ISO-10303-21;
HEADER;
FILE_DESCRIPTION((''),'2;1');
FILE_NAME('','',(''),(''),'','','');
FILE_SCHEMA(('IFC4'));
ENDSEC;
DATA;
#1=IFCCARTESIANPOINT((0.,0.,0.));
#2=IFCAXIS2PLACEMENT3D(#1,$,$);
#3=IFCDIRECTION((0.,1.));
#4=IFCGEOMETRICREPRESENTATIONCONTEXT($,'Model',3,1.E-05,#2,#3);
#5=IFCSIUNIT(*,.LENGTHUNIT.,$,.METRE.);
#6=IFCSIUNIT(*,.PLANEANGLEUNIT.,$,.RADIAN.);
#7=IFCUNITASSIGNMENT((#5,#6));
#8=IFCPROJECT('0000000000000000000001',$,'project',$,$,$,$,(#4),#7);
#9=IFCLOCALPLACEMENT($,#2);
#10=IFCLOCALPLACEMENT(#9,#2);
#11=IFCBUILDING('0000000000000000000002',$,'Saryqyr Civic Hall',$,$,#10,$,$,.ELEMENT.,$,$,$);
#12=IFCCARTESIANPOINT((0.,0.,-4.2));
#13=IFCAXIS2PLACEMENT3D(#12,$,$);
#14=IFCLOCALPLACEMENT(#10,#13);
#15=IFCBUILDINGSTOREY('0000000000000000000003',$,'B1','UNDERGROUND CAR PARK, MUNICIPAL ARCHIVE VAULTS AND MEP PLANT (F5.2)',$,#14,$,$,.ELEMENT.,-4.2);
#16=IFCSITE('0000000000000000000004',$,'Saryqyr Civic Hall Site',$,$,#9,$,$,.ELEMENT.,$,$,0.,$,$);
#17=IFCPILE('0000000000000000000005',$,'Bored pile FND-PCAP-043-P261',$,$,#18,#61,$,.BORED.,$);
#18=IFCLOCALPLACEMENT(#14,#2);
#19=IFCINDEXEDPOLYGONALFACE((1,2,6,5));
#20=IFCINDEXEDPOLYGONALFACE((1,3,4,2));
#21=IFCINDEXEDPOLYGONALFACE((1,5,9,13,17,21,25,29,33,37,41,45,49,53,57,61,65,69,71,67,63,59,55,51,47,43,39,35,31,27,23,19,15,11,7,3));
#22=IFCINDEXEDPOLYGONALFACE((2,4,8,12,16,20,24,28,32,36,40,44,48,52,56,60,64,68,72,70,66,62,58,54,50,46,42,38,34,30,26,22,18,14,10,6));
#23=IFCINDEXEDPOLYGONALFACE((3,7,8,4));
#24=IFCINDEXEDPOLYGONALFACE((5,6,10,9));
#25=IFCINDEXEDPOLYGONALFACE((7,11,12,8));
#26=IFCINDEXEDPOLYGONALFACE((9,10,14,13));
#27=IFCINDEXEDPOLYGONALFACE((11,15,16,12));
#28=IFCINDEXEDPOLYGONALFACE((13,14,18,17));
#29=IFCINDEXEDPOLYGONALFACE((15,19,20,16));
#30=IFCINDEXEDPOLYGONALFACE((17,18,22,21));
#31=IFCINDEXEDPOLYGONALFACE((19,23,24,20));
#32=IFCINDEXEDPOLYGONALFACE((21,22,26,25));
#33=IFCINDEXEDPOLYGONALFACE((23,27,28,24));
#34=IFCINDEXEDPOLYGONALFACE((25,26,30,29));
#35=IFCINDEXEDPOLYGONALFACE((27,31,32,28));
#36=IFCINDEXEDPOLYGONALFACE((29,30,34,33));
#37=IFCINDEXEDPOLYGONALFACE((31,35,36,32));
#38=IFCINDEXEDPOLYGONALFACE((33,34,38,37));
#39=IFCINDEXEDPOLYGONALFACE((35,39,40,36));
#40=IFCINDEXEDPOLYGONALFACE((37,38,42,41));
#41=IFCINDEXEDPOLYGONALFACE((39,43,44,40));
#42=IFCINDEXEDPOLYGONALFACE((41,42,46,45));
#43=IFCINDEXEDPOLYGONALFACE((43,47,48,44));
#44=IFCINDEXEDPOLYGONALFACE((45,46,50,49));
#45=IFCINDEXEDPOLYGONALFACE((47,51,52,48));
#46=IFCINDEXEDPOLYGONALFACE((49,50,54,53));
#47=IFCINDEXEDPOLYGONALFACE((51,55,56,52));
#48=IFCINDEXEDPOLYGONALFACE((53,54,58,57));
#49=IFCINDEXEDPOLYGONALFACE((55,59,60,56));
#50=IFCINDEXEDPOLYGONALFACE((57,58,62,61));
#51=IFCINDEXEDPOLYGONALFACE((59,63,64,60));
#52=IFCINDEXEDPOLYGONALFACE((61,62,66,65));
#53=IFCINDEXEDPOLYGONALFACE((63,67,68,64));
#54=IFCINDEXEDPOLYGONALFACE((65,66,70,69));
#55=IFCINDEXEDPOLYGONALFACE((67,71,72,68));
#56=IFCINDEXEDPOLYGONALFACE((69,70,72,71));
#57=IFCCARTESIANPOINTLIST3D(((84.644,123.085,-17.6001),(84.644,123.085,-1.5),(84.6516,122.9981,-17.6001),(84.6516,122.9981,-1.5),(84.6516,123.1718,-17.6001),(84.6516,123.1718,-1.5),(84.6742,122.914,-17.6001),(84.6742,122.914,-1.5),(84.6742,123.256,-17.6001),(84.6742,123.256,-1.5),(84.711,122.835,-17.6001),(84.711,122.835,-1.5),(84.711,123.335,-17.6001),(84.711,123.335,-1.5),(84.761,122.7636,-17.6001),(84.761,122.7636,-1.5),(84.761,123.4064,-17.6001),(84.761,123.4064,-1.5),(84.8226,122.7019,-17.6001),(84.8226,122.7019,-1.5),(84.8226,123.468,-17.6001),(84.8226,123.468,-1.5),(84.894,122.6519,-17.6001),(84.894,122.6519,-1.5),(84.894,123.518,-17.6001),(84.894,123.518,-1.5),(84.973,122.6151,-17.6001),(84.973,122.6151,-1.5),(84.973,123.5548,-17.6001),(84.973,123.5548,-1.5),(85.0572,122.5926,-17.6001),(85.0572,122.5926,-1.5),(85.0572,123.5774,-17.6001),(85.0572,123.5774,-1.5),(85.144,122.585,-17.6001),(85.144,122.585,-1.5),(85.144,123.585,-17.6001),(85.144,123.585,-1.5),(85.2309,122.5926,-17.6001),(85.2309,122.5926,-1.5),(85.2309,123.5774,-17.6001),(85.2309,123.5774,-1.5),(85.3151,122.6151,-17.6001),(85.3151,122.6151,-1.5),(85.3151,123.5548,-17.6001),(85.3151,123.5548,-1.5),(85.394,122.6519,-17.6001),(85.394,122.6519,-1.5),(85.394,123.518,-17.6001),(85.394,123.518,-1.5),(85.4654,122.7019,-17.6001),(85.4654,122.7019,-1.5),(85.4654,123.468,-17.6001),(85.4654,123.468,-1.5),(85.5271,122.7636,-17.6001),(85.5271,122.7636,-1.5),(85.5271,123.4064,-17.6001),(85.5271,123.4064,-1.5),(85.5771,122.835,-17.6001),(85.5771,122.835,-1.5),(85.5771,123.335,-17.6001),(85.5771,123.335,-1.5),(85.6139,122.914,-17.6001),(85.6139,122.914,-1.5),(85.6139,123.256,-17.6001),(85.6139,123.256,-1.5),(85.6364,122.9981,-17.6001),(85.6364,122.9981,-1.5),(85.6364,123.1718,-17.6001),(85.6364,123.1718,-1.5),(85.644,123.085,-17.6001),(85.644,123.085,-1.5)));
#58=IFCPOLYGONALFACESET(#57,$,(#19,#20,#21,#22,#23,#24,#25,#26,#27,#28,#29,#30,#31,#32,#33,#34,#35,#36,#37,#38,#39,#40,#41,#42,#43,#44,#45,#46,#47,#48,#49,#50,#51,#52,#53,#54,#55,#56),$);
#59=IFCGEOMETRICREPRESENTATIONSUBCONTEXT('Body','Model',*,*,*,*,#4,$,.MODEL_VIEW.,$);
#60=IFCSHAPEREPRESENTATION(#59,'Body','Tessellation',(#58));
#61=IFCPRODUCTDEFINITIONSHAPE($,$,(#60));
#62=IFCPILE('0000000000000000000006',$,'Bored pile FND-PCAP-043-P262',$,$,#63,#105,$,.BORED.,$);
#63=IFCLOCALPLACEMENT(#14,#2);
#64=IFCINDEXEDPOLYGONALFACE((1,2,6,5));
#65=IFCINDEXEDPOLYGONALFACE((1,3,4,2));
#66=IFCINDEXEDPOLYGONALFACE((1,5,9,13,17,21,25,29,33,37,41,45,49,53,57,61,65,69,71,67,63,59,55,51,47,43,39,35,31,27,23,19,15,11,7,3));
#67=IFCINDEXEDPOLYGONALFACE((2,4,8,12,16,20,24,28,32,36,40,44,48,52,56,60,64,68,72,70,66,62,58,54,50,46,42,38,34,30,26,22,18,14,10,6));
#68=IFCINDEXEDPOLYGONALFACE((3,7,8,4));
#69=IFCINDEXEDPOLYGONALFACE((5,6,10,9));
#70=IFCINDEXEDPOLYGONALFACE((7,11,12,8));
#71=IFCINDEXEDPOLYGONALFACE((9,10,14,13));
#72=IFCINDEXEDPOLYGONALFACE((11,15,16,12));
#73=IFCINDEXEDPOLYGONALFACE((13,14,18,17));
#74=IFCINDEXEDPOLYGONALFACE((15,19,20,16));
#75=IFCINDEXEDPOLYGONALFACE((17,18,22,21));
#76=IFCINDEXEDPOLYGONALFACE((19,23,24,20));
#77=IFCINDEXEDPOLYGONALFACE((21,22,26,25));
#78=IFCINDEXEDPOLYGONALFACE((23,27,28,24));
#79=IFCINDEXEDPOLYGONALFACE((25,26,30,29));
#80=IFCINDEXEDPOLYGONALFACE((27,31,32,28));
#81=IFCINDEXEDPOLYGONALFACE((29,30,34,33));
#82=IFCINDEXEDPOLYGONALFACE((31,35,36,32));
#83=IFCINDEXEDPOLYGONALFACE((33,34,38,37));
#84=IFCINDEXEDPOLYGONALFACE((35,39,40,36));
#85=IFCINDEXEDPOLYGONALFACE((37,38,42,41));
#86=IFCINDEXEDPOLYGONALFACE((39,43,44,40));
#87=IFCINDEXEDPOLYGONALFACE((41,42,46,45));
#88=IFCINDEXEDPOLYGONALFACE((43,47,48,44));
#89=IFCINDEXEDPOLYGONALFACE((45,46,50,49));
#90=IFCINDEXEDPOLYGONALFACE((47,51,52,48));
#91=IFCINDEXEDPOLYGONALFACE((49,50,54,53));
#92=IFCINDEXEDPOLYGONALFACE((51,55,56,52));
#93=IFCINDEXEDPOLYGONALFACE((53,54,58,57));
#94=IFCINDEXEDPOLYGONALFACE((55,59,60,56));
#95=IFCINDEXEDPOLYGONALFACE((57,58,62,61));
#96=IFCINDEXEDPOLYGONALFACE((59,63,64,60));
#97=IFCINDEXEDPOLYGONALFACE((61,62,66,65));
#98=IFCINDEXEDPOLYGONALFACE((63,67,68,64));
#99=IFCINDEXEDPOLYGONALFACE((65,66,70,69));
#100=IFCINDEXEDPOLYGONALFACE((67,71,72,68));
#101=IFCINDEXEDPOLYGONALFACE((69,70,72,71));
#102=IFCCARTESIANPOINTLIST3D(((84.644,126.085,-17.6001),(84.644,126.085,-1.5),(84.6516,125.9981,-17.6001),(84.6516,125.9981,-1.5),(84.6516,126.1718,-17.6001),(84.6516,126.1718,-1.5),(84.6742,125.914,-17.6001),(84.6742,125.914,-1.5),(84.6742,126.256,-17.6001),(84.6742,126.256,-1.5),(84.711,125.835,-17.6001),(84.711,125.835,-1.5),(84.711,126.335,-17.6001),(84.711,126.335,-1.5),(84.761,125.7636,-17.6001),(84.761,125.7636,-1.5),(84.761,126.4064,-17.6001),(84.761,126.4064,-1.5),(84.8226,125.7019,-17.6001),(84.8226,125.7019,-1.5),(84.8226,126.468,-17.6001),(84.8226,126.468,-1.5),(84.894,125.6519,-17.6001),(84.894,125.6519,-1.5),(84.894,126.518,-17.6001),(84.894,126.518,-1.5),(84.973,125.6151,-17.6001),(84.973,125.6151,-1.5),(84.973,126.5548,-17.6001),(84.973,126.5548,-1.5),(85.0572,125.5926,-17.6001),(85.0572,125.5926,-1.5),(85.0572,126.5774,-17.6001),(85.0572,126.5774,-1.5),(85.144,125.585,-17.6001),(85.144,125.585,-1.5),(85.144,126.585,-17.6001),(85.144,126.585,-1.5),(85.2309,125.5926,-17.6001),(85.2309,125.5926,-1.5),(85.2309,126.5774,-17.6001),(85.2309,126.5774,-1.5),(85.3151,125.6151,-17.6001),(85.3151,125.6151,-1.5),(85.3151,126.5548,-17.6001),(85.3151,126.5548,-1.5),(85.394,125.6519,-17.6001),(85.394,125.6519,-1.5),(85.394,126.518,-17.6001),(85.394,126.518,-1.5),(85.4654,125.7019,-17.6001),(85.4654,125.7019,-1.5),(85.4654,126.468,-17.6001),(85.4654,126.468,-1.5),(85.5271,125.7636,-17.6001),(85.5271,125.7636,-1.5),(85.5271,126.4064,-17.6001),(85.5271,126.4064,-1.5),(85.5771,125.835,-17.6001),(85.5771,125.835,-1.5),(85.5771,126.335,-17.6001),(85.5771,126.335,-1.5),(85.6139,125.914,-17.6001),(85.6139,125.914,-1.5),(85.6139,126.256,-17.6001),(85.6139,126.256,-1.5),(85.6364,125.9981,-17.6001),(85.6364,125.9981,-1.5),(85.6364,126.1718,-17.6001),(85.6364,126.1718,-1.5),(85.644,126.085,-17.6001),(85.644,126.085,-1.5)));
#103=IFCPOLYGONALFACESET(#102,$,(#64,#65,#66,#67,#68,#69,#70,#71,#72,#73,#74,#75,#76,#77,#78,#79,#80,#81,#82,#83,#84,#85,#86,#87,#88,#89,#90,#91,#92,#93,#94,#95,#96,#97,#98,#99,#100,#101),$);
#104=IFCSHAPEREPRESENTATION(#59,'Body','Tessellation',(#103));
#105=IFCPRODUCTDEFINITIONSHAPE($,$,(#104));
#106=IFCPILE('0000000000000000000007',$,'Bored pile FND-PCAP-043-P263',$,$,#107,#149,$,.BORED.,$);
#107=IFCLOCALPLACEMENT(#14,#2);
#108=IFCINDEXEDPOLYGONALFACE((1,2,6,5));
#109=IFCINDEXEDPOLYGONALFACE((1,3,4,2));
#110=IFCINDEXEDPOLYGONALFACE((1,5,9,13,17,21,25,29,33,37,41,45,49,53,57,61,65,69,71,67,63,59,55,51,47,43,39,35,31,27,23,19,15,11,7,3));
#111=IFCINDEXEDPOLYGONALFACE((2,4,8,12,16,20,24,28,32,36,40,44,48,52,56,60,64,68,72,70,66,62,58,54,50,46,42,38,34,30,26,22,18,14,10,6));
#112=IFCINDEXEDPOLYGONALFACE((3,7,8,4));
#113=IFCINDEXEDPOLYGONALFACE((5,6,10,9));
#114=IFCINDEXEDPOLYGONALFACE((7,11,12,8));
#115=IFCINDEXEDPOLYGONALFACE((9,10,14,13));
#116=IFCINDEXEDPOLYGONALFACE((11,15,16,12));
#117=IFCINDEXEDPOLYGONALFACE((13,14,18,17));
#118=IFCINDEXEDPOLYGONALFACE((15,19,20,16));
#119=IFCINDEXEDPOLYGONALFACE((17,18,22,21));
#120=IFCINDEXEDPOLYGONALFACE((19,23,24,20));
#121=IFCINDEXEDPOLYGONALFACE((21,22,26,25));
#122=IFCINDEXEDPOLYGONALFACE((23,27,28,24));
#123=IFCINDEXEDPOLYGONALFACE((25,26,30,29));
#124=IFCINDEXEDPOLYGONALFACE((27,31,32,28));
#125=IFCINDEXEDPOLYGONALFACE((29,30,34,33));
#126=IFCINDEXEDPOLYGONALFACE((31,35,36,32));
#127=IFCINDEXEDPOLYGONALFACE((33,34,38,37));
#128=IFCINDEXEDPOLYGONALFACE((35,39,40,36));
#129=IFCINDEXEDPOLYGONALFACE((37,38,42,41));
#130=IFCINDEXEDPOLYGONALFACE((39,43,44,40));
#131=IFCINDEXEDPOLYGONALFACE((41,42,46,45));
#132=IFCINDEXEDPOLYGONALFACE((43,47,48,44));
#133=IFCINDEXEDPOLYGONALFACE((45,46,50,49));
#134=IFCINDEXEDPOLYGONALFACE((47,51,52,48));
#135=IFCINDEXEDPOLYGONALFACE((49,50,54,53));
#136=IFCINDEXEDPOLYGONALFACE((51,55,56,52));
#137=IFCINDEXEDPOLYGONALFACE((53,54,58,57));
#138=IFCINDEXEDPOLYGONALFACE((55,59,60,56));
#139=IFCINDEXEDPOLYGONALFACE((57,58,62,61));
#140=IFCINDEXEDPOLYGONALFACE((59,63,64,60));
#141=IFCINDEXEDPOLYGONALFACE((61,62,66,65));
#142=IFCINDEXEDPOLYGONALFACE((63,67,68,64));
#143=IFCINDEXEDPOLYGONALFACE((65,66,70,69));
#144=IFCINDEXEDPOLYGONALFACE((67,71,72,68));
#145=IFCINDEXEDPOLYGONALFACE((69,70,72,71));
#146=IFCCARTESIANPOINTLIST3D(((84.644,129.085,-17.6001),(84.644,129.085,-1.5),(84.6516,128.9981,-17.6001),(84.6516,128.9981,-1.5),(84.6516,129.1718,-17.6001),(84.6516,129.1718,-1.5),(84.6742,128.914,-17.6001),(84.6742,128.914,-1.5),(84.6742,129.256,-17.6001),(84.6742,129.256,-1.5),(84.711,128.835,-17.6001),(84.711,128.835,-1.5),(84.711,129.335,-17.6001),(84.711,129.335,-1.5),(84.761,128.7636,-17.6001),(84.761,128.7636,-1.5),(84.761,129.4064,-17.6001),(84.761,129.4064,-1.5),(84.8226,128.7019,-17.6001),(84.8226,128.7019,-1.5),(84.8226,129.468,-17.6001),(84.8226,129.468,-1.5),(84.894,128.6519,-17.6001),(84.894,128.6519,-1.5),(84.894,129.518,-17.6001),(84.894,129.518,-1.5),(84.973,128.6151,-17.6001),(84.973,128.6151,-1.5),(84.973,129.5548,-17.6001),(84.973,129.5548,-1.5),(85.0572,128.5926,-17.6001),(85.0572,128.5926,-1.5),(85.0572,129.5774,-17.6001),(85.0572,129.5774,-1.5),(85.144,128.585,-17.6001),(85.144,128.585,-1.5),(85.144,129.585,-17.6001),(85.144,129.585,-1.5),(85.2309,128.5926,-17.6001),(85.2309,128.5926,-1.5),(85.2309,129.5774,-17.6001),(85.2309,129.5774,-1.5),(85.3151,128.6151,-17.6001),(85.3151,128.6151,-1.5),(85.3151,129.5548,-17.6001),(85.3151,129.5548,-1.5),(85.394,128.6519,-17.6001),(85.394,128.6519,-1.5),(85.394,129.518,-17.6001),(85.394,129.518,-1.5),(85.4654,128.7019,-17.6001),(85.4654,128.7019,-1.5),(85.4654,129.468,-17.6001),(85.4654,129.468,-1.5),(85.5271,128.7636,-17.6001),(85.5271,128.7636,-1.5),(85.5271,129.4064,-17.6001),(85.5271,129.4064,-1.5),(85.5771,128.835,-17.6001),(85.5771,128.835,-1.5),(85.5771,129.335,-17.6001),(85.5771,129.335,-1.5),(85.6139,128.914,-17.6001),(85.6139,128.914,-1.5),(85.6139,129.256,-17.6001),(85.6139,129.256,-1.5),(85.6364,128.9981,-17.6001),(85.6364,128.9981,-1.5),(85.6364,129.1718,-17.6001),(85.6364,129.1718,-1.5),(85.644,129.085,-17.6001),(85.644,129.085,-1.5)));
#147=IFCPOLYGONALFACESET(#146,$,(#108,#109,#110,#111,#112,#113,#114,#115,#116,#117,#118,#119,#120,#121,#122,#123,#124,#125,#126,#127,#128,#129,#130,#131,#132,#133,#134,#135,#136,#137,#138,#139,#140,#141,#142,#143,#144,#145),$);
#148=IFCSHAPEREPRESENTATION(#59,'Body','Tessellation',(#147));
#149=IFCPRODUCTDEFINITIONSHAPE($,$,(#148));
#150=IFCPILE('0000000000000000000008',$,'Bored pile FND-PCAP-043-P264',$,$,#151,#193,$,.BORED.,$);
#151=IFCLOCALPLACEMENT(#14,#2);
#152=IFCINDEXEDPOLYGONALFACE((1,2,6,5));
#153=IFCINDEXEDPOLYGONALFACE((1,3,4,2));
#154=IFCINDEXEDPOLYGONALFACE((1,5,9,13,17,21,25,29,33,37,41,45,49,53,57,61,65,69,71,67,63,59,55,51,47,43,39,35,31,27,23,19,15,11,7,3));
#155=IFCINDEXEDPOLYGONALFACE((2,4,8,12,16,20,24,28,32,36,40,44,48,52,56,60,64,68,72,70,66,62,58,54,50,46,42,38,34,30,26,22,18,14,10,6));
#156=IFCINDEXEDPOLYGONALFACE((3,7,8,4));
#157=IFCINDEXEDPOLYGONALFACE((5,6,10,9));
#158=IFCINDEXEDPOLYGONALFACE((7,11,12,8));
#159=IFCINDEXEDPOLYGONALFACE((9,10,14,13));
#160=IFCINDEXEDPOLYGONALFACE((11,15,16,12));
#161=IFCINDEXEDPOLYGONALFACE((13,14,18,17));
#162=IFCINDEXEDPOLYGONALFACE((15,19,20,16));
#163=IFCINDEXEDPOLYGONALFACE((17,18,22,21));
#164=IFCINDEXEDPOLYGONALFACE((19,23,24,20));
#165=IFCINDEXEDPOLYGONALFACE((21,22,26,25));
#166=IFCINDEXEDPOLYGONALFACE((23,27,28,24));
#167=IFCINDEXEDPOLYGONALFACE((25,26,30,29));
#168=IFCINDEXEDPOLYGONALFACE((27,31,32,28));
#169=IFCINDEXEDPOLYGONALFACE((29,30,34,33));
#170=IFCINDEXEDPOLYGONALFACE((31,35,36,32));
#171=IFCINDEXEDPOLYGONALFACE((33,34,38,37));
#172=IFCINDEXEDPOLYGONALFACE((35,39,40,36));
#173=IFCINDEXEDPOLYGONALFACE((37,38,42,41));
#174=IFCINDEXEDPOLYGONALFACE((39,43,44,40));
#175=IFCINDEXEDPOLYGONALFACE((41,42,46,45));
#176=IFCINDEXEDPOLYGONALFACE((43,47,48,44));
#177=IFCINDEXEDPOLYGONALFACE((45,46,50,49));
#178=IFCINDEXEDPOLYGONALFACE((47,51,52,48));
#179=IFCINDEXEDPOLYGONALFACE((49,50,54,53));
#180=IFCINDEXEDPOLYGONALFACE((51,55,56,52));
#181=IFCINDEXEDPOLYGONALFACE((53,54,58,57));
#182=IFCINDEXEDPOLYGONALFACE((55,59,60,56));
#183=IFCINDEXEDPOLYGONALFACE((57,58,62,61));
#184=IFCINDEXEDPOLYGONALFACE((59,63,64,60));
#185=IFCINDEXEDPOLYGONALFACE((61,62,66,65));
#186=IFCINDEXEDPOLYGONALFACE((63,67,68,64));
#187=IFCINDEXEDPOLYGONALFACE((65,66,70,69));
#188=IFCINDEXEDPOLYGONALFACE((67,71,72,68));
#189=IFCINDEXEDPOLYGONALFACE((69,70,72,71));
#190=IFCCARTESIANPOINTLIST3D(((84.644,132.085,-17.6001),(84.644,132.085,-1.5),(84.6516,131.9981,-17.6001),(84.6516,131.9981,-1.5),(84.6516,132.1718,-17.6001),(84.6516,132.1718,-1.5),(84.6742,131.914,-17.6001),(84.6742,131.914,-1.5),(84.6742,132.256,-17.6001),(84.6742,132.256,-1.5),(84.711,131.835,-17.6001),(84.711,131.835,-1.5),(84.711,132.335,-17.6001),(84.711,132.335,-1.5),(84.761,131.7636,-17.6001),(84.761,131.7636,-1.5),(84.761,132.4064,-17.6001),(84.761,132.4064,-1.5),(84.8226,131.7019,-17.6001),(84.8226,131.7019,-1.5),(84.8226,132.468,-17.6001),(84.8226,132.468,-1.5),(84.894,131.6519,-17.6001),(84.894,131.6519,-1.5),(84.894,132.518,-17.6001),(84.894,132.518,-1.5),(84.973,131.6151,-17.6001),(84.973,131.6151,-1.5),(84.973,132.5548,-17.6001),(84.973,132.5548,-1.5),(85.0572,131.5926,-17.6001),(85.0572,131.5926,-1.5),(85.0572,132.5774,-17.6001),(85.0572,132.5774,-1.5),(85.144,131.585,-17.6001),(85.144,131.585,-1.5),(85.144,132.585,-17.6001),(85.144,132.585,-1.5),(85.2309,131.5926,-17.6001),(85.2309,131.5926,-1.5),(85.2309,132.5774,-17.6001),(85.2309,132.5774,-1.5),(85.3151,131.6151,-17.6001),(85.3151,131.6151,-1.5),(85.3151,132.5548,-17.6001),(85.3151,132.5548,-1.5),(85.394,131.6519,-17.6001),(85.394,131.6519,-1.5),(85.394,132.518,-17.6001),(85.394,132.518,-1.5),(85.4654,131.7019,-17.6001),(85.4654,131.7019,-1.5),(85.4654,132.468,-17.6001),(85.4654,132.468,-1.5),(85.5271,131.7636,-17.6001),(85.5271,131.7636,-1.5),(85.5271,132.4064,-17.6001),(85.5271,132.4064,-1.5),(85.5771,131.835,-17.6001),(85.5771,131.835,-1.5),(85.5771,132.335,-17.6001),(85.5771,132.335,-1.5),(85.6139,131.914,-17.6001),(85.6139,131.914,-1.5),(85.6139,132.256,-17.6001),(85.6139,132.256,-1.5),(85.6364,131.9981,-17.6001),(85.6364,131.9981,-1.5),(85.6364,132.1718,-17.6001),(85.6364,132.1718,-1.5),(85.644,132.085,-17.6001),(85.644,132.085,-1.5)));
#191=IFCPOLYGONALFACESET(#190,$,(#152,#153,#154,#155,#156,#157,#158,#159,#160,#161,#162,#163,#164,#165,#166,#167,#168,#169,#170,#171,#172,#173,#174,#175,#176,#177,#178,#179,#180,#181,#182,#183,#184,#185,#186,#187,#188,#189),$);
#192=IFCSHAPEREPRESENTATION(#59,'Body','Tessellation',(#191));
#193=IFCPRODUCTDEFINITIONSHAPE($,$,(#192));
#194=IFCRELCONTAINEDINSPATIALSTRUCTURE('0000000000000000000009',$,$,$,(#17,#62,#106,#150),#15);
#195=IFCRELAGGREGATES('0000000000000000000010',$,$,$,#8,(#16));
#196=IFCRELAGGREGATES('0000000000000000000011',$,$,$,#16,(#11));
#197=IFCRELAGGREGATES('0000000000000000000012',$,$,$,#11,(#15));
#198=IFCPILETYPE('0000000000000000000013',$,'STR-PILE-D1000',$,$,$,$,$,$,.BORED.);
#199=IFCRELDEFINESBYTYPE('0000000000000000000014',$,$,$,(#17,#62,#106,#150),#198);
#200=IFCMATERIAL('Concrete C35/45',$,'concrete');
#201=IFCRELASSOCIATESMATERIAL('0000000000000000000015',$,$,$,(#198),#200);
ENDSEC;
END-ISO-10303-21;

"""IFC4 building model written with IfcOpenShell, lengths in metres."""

from ifc_helpers import new_model, si_unit, direction, frame, origin, origin_2d, place, context, subcontext, project, spatial, circle, extrude, material, material_profile, profile_set, type_object, element, save


model = new_model("IFC4")

# Units and contexts
model_context = context("Model", 3, precision=1e-05, world=origin(), true_north=direction((0.0, 1.0)))
body_context = subcontext(model_context, "Body", "Model", "MODEL_VIEW")
ifc_project = project(units=[si_unit("LENGTHUNIT", "METRE"), si_unit("PLANEANGLEUNIT", "RADIAN")], contexts=[model_context])

# Site, building, storey
site_placement = place(None, origin())
site = spatial("IfcSite", under=ifc_project, at=site_placement, Name="Saryqyr Civic Hall Site", CompositionType="ELEMENT", RefElevation=0.0)
building_placement = place(site_placement, origin())
building = spatial("IfcBuilding", under=site, at=building_placement, Name="Saryqyr Civic Hall", CompositionType="ELEMENT")
storey_placement = place(building_placement, frame((0.0, 0.0, -4.2)))
storey = spatial("IfcBuildingStorey", under=building, at=storey_placement, Name="B1", Description="UNDERGROUND CAR PARK, MUNICIPAL ARCHIVE VAULTS AND MEP PLANT (F5.2)", CompositionType="ELEMENT", Elevation=-4.2)

# Shared definitions
ifc_material_1 = material(Name="Concrete C35/45", Category="concrete")

# Piles
ifc_material_profile_1 = material_profile(ifc_material_1, circle(Radius=0.5, at=origin_2d()), Name="BORED PILE D1000")
ifc_profile_set_1 = profile_set([ifc_material_profile_1], Name="Concrete C35/45")
pile_type = type_object("IfcPileType", Name="STR-PILE-D1000", PredefinedType="BORED", material=ifc_profile_set_1)
for number, where, z_axis, x_axis, name in (
    (1, (85.144, 123.085, -1.5), (0.0, 0.0, -1.0), (1.0, 0.0, 0.0), "Bored pile FND-PCAP-043-P261"),
    (2, (85.144, 126.085, -1.5), (0.0, 0.0, -1.0), (1.0, 0.0, 0.0), "Bored pile FND-PCAP-043-P262"),
    (3, (85.144, 129.085, -1.5), (0.0, 0.0, -1.0), (1.0, 0.0, 0.0), "Bored pile FND-PCAP-043-P263"),
    (4, (85.144, 132.085, -1.5), (0.0, 0.0, -1.0), (1.0, 0.0, 0.0), "Bored pile FND-PCAP-043-P264"),
):
    element("IfcPile", number, at=place(storey_placement, frame(where, z_axis=z_axis, x_axis=x_axis)), inside=storey, type_object=pile_type, Name=name, PredefinedType="BORED", context=body_context, shape_type="SweptSolid", body=[
        extrude(circle(Radius=0.5, at=origin_2d()), origin(), (0.0, 0.0, 1.0), 16.1001),
    ])

save(model, "model.ifc")
